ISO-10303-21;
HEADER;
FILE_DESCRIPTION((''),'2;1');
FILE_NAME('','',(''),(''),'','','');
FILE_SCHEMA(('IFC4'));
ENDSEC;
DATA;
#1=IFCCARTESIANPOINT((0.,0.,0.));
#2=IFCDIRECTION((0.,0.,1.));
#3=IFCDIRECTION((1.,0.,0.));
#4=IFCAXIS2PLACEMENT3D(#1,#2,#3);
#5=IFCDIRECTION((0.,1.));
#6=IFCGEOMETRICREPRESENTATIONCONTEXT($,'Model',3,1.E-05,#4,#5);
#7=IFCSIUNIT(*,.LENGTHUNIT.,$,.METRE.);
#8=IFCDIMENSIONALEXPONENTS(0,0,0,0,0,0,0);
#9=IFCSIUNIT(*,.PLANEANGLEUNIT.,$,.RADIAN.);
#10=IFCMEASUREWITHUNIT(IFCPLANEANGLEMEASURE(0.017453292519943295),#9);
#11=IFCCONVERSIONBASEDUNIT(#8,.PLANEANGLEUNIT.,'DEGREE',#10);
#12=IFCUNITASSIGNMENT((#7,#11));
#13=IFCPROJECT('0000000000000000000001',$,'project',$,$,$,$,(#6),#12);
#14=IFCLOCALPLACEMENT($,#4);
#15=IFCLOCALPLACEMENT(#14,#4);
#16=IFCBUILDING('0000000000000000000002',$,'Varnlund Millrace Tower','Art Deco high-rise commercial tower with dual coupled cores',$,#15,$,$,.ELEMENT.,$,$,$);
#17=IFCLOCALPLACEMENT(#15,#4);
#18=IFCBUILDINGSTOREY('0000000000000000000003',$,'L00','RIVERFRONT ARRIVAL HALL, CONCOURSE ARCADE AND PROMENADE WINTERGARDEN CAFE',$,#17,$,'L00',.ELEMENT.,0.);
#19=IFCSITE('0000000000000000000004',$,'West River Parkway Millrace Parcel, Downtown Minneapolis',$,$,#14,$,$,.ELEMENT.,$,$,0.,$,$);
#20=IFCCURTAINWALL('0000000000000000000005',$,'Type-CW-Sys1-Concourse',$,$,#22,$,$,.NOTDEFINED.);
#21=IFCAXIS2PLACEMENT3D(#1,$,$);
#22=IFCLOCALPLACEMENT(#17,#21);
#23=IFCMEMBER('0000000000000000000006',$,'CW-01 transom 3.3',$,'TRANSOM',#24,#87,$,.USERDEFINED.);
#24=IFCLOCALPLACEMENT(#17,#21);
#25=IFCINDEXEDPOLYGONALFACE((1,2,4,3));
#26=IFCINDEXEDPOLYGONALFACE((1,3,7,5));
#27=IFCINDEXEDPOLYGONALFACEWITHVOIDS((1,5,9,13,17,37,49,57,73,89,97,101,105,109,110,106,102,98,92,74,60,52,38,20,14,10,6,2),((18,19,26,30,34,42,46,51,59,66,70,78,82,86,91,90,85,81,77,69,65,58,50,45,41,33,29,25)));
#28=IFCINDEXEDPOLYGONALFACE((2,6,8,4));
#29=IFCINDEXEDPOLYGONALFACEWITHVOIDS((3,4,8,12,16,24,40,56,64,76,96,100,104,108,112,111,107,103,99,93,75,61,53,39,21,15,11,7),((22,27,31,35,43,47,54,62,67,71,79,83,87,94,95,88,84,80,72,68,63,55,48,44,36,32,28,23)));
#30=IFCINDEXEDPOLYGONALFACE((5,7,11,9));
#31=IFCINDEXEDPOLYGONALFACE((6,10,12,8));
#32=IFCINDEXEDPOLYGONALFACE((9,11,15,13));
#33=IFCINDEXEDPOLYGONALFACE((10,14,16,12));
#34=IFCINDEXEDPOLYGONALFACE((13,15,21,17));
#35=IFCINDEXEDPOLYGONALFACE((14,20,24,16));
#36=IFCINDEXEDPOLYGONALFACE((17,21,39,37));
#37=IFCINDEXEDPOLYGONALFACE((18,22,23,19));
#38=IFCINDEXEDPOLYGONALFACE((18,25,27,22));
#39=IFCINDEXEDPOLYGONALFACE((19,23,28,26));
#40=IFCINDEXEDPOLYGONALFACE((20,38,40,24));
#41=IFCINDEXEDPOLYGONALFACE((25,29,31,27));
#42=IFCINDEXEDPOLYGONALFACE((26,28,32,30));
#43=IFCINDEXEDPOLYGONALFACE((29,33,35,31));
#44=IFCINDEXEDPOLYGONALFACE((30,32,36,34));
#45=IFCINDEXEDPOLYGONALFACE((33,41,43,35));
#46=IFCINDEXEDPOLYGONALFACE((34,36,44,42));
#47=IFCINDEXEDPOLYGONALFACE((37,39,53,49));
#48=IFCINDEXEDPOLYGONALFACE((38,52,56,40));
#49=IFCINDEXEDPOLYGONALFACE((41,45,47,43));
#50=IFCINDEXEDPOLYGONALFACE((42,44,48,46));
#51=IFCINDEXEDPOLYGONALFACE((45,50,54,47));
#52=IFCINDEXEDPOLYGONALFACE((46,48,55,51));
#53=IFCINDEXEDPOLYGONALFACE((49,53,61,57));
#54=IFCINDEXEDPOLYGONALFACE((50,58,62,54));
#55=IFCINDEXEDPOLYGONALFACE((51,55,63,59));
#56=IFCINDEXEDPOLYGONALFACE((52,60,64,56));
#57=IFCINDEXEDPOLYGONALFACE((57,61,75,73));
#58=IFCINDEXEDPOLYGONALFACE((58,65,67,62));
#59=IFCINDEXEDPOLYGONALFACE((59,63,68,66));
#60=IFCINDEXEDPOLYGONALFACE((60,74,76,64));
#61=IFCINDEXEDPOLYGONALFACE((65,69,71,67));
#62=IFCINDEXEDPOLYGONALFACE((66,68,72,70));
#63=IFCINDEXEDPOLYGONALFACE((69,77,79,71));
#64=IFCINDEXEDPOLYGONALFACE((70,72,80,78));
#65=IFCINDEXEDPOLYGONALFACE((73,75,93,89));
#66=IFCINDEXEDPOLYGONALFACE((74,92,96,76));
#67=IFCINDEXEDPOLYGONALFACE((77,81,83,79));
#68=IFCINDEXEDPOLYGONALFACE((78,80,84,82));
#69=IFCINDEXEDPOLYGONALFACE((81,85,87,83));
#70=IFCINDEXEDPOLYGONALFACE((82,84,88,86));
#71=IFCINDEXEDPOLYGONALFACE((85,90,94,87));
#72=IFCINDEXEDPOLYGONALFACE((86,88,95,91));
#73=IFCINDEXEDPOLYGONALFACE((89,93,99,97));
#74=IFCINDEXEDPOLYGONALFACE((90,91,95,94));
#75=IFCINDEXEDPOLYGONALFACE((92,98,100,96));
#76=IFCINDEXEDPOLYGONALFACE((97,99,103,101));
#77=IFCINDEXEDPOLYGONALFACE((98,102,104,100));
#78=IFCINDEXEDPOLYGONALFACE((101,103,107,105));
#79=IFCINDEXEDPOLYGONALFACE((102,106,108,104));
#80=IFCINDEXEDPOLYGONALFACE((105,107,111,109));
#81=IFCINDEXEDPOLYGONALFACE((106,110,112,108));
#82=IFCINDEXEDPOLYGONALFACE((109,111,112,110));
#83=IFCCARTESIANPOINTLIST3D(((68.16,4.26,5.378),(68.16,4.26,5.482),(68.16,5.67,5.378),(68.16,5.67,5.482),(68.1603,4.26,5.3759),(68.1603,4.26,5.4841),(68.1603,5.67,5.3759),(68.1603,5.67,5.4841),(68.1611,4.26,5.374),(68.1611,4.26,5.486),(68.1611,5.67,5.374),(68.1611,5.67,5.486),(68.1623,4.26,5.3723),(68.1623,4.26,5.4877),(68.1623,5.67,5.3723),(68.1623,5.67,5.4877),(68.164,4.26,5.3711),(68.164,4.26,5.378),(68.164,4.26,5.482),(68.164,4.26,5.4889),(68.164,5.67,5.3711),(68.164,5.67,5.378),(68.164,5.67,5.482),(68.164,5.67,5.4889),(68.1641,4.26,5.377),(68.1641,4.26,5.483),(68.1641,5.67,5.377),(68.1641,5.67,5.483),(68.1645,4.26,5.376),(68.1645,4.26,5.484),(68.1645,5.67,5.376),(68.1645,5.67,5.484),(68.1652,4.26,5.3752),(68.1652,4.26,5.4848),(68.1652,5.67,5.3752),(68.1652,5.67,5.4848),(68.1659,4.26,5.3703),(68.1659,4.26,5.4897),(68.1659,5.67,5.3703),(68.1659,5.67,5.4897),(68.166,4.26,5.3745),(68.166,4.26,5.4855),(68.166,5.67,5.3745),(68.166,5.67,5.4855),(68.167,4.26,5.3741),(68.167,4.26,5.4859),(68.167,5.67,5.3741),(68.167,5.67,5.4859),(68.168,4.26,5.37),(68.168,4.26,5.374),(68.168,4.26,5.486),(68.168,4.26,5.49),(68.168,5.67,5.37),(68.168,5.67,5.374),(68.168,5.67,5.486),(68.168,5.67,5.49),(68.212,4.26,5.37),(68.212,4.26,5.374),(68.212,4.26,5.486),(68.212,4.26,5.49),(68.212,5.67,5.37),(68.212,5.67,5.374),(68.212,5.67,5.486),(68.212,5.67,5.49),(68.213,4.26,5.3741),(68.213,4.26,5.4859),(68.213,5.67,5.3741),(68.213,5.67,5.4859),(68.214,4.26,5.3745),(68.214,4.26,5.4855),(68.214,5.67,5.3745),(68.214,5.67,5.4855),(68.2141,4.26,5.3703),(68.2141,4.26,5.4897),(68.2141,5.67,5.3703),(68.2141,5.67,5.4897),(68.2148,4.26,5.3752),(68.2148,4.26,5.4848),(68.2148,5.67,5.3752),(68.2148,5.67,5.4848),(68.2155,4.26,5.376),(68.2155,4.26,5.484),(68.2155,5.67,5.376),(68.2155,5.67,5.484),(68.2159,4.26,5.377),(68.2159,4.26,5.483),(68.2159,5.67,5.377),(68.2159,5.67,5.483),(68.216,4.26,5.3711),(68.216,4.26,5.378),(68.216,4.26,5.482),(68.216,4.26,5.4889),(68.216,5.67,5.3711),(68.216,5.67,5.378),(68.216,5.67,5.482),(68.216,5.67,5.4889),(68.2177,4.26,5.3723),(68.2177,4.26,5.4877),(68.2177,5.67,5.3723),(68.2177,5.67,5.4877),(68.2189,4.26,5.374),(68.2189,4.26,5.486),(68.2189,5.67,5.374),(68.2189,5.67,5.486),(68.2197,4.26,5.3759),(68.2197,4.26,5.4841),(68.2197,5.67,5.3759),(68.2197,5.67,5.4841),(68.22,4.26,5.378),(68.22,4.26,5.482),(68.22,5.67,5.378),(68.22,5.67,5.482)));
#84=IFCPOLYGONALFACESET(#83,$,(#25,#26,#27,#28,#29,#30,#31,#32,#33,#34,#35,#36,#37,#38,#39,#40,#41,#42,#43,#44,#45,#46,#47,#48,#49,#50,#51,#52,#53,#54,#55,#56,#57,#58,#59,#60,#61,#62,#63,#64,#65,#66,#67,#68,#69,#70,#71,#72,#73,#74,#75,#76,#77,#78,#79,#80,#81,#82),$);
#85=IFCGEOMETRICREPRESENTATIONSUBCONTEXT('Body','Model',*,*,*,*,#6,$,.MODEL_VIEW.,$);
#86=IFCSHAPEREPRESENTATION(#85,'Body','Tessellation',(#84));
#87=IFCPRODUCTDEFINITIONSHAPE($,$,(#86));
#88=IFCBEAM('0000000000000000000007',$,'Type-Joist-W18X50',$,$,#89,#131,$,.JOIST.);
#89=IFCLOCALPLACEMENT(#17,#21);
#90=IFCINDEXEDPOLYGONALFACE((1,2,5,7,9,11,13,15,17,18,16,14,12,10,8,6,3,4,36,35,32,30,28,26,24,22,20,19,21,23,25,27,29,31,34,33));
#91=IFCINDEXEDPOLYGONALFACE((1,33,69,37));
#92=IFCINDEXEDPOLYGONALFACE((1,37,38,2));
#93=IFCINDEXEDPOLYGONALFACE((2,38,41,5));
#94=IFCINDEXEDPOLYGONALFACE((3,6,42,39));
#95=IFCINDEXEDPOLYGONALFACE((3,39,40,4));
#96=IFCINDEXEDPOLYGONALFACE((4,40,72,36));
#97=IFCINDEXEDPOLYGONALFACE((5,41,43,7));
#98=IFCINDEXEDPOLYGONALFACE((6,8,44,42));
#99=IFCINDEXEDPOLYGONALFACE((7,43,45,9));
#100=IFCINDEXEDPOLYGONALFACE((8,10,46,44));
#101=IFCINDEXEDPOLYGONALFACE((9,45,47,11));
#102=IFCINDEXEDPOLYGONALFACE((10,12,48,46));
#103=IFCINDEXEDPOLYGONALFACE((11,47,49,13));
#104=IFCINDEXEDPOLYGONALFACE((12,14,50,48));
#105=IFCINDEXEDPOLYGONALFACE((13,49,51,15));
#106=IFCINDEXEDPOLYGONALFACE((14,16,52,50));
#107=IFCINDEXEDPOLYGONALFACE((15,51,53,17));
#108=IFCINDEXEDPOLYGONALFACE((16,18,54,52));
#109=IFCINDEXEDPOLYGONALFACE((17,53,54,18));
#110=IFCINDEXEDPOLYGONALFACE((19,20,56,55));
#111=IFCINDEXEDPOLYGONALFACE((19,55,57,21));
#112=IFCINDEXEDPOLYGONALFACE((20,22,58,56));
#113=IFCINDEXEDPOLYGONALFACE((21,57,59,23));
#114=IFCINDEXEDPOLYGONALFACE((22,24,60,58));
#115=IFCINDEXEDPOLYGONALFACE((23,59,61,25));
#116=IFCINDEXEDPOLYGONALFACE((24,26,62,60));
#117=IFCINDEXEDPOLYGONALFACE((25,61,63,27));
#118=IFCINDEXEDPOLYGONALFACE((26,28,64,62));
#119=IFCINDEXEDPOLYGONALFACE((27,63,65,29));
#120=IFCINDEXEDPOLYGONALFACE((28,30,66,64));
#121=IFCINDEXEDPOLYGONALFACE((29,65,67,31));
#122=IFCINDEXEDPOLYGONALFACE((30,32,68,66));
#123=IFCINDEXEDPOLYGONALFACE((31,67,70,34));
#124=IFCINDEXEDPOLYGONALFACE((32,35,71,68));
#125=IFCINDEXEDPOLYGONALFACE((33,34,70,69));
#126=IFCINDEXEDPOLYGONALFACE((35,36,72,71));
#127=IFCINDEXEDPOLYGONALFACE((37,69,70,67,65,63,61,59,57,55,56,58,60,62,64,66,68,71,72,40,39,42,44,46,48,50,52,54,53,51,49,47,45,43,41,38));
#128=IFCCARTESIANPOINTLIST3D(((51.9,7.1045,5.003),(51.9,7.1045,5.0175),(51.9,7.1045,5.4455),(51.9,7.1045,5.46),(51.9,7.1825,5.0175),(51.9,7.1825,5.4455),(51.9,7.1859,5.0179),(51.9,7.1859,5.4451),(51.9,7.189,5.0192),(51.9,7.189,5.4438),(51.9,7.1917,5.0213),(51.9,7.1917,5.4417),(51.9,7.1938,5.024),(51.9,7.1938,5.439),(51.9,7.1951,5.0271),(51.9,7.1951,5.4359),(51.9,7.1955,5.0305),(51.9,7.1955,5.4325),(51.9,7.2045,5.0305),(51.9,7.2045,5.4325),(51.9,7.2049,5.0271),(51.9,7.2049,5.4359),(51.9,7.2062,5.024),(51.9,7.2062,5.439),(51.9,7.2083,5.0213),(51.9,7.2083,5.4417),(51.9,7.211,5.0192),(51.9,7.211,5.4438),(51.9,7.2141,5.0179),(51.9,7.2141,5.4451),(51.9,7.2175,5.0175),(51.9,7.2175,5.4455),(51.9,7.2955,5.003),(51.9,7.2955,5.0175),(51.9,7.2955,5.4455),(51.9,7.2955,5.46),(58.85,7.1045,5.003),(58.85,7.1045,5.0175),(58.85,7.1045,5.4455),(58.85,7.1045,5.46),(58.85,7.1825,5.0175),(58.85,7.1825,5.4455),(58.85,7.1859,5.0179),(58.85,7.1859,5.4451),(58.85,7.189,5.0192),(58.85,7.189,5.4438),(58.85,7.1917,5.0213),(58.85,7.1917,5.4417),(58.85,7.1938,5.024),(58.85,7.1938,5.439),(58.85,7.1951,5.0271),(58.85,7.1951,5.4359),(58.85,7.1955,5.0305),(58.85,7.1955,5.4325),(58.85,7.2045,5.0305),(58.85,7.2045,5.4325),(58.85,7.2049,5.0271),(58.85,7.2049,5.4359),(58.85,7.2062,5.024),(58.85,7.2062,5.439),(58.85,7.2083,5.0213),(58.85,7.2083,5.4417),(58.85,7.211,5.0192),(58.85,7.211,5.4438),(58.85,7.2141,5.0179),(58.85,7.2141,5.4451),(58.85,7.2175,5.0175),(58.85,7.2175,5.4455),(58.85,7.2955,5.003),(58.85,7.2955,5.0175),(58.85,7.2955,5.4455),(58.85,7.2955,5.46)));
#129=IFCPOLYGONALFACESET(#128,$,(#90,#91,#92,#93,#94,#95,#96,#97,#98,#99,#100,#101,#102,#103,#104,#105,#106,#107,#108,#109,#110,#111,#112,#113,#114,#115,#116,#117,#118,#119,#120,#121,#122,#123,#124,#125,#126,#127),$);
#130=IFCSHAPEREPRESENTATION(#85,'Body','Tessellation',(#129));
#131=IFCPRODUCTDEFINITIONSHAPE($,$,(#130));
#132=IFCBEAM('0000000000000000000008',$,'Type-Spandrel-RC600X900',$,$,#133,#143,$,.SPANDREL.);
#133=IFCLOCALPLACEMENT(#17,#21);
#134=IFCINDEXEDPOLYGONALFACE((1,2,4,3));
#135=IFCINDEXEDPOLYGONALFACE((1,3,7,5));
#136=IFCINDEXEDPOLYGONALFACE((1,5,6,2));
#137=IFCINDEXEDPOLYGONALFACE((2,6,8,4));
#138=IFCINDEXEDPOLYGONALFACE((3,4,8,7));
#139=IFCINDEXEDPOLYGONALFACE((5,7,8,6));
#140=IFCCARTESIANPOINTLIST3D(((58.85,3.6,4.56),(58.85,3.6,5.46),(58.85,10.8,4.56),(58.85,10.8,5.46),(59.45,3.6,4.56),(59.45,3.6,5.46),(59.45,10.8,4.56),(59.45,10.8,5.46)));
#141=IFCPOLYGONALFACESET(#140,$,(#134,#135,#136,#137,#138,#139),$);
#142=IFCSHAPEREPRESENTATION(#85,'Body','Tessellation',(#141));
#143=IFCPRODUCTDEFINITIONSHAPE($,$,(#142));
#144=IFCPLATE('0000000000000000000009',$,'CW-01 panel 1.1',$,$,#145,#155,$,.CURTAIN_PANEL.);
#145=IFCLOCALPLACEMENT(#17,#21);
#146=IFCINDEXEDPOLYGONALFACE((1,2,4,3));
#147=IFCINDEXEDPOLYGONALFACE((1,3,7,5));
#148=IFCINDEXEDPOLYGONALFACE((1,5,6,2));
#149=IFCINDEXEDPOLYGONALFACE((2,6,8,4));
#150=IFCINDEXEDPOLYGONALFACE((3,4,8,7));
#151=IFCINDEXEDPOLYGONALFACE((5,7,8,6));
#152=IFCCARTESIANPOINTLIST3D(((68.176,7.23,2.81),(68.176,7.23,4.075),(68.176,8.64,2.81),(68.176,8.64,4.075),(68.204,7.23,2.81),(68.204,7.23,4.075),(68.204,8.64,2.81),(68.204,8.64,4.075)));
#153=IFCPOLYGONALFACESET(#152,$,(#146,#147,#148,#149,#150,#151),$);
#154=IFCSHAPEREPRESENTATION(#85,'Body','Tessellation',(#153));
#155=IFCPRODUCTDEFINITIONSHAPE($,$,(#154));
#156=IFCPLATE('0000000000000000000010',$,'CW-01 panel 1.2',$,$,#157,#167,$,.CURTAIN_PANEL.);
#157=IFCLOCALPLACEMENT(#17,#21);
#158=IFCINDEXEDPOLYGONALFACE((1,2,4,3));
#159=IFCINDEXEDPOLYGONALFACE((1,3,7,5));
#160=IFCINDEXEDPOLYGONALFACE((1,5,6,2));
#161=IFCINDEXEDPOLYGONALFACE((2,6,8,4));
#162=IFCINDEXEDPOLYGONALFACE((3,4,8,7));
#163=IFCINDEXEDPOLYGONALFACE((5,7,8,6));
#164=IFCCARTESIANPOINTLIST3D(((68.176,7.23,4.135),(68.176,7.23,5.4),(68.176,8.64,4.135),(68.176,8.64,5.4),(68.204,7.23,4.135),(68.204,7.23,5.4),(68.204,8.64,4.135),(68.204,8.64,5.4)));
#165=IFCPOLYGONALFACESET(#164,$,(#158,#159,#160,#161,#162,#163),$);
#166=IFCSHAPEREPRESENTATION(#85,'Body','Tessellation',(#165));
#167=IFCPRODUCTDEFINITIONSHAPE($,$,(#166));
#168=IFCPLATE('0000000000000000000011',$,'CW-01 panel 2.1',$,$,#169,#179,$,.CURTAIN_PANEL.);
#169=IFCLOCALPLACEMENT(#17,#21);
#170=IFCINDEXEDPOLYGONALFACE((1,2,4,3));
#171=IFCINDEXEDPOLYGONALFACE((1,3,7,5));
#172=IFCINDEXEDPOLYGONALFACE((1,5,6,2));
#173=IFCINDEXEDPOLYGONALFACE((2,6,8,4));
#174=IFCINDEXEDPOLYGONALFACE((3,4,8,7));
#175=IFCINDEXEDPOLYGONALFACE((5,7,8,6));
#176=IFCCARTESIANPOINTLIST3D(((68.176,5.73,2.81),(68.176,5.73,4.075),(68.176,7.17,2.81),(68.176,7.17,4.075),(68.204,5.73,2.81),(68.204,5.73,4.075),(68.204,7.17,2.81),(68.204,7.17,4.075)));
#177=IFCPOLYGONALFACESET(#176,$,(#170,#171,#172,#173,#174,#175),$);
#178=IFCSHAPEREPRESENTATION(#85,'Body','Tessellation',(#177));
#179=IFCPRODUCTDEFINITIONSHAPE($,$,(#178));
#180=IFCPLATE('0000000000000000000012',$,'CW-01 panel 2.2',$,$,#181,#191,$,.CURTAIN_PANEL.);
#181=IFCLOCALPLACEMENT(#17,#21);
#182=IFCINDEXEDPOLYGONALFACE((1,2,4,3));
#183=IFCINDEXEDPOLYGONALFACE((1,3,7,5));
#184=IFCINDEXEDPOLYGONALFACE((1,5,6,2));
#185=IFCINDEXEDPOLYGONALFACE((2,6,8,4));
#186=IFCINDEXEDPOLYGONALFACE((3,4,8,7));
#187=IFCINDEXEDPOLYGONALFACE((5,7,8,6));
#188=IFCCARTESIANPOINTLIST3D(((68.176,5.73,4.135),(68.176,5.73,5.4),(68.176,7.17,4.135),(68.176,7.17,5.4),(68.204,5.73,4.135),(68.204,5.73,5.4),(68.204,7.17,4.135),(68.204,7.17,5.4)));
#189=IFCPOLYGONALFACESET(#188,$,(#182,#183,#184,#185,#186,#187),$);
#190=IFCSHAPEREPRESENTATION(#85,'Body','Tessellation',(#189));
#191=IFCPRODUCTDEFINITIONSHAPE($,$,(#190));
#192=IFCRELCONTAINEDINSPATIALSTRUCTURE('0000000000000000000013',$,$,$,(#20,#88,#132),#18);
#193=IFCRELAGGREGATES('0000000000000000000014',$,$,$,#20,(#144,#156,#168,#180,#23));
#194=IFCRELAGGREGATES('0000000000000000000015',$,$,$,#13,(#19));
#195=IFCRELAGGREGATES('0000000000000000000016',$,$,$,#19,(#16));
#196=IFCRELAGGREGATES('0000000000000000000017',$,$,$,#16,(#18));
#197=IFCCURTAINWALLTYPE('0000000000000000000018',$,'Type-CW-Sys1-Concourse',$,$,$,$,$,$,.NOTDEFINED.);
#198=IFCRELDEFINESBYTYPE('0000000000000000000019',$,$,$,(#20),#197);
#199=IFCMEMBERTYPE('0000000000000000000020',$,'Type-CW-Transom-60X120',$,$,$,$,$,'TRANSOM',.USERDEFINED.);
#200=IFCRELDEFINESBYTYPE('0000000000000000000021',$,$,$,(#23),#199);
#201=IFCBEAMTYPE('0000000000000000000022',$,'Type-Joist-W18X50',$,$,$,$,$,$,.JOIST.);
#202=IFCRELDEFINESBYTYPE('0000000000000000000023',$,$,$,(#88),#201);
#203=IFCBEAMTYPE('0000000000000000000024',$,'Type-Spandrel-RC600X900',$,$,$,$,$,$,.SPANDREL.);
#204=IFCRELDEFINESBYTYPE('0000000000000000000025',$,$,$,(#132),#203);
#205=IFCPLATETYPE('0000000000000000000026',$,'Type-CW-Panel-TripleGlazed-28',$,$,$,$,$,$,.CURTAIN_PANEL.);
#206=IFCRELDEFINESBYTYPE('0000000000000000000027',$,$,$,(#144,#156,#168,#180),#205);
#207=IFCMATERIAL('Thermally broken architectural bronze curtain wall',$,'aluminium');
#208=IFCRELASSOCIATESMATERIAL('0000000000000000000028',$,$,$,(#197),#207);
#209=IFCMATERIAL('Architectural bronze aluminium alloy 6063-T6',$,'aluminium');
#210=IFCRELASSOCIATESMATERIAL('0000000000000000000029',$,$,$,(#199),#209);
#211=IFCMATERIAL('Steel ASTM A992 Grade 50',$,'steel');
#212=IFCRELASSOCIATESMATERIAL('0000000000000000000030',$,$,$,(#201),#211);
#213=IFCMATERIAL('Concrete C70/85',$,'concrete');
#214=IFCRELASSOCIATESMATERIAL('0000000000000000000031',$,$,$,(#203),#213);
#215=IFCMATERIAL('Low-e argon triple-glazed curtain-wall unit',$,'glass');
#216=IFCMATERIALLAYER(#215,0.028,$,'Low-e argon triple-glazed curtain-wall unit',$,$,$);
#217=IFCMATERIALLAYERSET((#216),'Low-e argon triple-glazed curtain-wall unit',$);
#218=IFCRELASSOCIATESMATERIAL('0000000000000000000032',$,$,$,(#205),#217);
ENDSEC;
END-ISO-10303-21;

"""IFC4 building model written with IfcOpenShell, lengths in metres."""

from ifc_helpers import new_model, entity, si_unit, converted_unit, direction, frame, origin_with_axes, origin_2d_with_axis, place, context, subcontext, project, spatial, rectangle, hollow_rectangle, i_section, extrude, material, layer, layer_set, material_profile, profile_set, type_object, element, aggregate, save


model = new_model("IFC4")

# Units and contexts
model_context = context("Model", 3, precision=1e-05, world=origin_with_axes(), true_north=direction((0.0, 1.0)))
body_context = subcontext(model_context, "Body", "Model", "MODEL_VIEW")
ifc_project = project(units=[si_unit("LENGTHUNIT", "METRE"), converted_unit("PLANEANGLEUNIT", "DEGREE", entity("IfcPlaneAngleMeasure", 0.017453292519943295), si_unit("PLANEANGLEUNIT", "RADIAN"), dimensions=[0, 0, 0, 0, 0, 0, 0])], contexts=[model_context])

# Site, building, storey
site_placement = place(None, origin_with_axes())
site = spatial("IfcSite", under=ifc_project, at=site_placement, Name="West River Parkway Millrace Parcel, Downtown Minneapolis", CompositionType="ELEMENT", RefElevation=0.0)
building_placement = place(site_placement, origin_with_axes())
building = spatial("IfcBuilding", under=site, at=building_placement, Name="Varnlund Millrace Tower", Description="Art Deco high-rise commercial tower with dual coupled cores", CompositionType="ELEMENT")
storey_placement = place(building_placement, origin_with_axes())
storey = spatial("IfcBuildingStorey", under=building, at=storey_placement, Name="L00", Description="RIVERFRONT ARRIVAL HALL, CONCOURSE ARCADE AND PROMENADE WINTERGARDEN CAFE", LongName="L00", CompositionType="ELEMENT", Elevation=0.0)

# Curtain wall, member
ifc_material_1 = material(Name="Thermally broken architectural bronze curtain wall", Category="aluminium")
curtain_wall_type = type_object("IfcCurtainWallType", Name="Type-CW-Sys1-Concourse", PredefinedType="NOTDEFINED", material=ifc_material_1)
curtain_wall_placement = place(storey_placement, frame((68.19, 8.7, 2.75), z_axis=(0.0, 0.0, 1.0), x_axis=(1.0, 0.0, 0.0)))
curtain_wall = element("IfcCurtainWall", 1, at=curtain_wall_placement, inside=storey, type_object=curtain_wall_type, Name="Type-CW-Sys1-Concourse", PredefinedType="NOTDEFINED")
ifc_material_2 = material(Name="Architectural bronze aluminium alloy 6063-T6", Category="aluminium")
ifc_material_profile_1 = material_profile(ifc_material_2, hollow_rectangle(XDim=0.06, YDim=0.12, WallThickness=0.004, InnerFilletRadius=0.004, OuterFilletRadius=0.008, at=origin_2d_with_axis()), Name="Architectural bronze aluminium alloy 6063-T6")
ifc_profile_set_1 = profile_set([ifc_material_profile_1], Name="Architectural bronze aluminium alloy 6063-T6")
member_type_1 = type_object("IfcMemberType", Name="Type-CW-Transom-60X120", ElementType="TRANSOM", PredefinedType="USERDEFINED", material=ifc_profile_set_1)
member_1_placement = place(storey_placement, frame((68.19, 5.67, 5.43), z_axis=(0.0, -1.0, 0.0), x_axis=(1.0, 0.0, 0.0)))
member_1 = element("IfcMember", 2, at=member_1_placement, type_object=member_type_1, Name="CW-01 transom 3.3", ObjectType="TRANSOM", PredefinedType="USERDEFINED", context=body_context, shape_type="SweptSolid", body=[
    extrude(hollow_rectangle(XDim=0.06, YDim=0.12, WallThickness=0.004, InnerFilletRadius=0.004, OuterFilletRadius=0.008, at=origin_2d_with_axis()), origin_with_axes(), (0.0, 0.0, 1.0), 1.41),
])

# Beams
ifc_material_3 = material(Name="Steel ASTM A992 Grade 50", Category="steel")
ifc_material_profile_2 = material_profile(ifc_material_3, i_section(OverallWidth=0.191, OverallDepth=0.457, WebThickness=0.009, FlangeThickness=0.0145, FilletRadius=0.013, at=origin_2d_with_axis()), Name="Steel ASTM A992 Grade 50")
ifc_profile_set_2 = profile_set([ifc_material_profile_2], Name="Steel ASTM A992 Grade 50")
beam_type_1 = type_object("IfcBeamType", Name="Type-Joist-W18X50", PredefinedType="JOIST", material=ifc_profile_set_2)
beam_1_placement = place(storey_placement, frame((51.9, 7.2, 5.2315), z_axis=(1.0, 0.0, 0.0), x_axis=(0.0, 1.0, 0.0)))
element("IfcBeam", 3, at=beam_1_placement, inside=storey, type_object=beam_type_1, Name="Type-Joist-W18X50", PredefinedType="JOIST", context=body_context, shape_type="SweptSolid", body=[
    extrude(i_section(OverallWidth=0.191, OverallDepth=0.457, WebThickness=0.009, FlangeThickness=0.0145, FilletRadius=0.013, at=origin_2d_with_axis()), origin_with_axes(), (0.0, 0.0, 1.0), 6.95),
])
ifc_material_4 = material(Name="Concrete C70/85", Category="concrete")
ifc_material_profile_3 = material_profile(ifc_material_4, rectangle(XDim=0.6, YDim=0.9, at=origin_2d_with_axis()), Name="Concrete C70/85")
ifc_profile_set_3 = profile_set([ifc_material_profile_3], Name="Concrete C70/85")
beam_type_2 = type_object("IfcBeamType", Name="Type-Spandrel-RC600X900", PredefinedType="SPANDREL", material=ifc_profile_set_3)
beam_2_placement = place(storey_placement, frame((59.15, 3.6, 5.01), z_axis=(0.0, 1.0, 0.0), x_axis=(-1.0, 0.0, 0.0)))
element("IfcBeam", 4, at=beam_2_placement, inside=storey, type_object=beam_type_2, Name="Type-Spandrel-RC600X900", PredefinedType="SPANDREL", context=body_context, shape_type="SweptSolid", body=[
    extrude(rectangle(XDim=0.6, YDim=0.9, at=origin_2d_with_axis()), origin_with_axes(), (0.0, 0.0, 1.0), 7.2),
])

# Plates
ifc_material_5 = material(Name="Low-e argon triple-glazed curtain-wall unit", Category="glass")
ifc_layer_1 = layer(ifc_material_5, 0.028, Name="Low-e argon triple-glazed curtain-wall unit")
ifc_layer_set_1 = layer_set([ifc_layer_1], Name="Low-e argon triple-glazed curtain-wall unit")
plate_type = type_object("IfcPlateType", Name="Type-CW-Panel-TripleGlazed-28", PredefinedType="CURTAIN_PANEL", material=ifc_layer_set_1)
plate_1_placement = place(storey_placement, frame((68.19, 7.935, 2.81), z_axis=(0.0, 0.0, 1.0), x_axis=(0.0, -1.0, 0.0)))
plate_1 = element("IfcPlate", 5, at=plate_1_placement, type_object=plate_type, Name="CW-01 panel 1.1", PredefinedType="CURTAIN_PANEL", context=body_context, shape_type="SweptSolid", body=[
    extrude(rectangle(XDim=1.41, YDim=0.028, at=origin_2d_with_axis()), origin_with_axes(), (0.0, 0.0, 1.0), 1.265),
])
plate_2_placement = place(storey_placement, frame((68.19, 7.935, 4.135), z_axis=(0.0, 0.0, 1.0), x_axis=(0.0, -1.0, 0.0)))
plate_2 = element("IfcPlate", 6, at=plate_2_placement, type_object=plate_type, Name="CW-01 panel 1.2", PredefinedType="CURTAIN_PANEL", context=body_context, shape_type="SweptSolid", body=[
    extrude(rectangle(XDim=1.41, YDim=0.028, at=origin_2d_with_axis()), origin_with_axes(), (0.0, 0.0, 1.0), 1.265),
])
plate_3_placement = place(storey_placement, frame((68.19, 6.45, 2.81), z_axis=(0.0, 0.0, 1.0), x_axis=(0.0, -1.0, 0.0)))
plate_3 = element("IfcPlate", 7, at=plate_3_placement, type_object=plate_type, Name="CW-01 panel 2.1", PredefinedType="CURTAIN_PANEL", context=body_context, shape_type="SweptSolid", body=[
    extrude(rectangle(XDim=1.44, YDim=0.028, at=origin_2d_with_axis()), origin_with_axes(), (0.0, 0.0, 1.0), 1.265),
])
plate_4_placement = place(storey_placement, frame((68.19, 6.45, 4.135), z_axis=(0.0, 0.0, 1.0), x_axis=(0.0, -1.0, 0.0)))
plate_4 = element("IfcPlate", 8, at=plate_4_placement, type_object=plate_type, Name="CW-01 panel 2.2", PredefinedType="CURTAIN_PANEL", context=body_context, shape_type="SweptSolid", body=[
    extrude(rectangle(XDim=1.44, YDim=0.028, at=origin_2d_with_axis()), origin_with_axes(), (0.0, 0.0, 1.0), 1.265),
])
aggregate(curtain_wall, [plate_1, plate_2, plate_3, plate_4, member_1])

save(model, "model.ifc")
